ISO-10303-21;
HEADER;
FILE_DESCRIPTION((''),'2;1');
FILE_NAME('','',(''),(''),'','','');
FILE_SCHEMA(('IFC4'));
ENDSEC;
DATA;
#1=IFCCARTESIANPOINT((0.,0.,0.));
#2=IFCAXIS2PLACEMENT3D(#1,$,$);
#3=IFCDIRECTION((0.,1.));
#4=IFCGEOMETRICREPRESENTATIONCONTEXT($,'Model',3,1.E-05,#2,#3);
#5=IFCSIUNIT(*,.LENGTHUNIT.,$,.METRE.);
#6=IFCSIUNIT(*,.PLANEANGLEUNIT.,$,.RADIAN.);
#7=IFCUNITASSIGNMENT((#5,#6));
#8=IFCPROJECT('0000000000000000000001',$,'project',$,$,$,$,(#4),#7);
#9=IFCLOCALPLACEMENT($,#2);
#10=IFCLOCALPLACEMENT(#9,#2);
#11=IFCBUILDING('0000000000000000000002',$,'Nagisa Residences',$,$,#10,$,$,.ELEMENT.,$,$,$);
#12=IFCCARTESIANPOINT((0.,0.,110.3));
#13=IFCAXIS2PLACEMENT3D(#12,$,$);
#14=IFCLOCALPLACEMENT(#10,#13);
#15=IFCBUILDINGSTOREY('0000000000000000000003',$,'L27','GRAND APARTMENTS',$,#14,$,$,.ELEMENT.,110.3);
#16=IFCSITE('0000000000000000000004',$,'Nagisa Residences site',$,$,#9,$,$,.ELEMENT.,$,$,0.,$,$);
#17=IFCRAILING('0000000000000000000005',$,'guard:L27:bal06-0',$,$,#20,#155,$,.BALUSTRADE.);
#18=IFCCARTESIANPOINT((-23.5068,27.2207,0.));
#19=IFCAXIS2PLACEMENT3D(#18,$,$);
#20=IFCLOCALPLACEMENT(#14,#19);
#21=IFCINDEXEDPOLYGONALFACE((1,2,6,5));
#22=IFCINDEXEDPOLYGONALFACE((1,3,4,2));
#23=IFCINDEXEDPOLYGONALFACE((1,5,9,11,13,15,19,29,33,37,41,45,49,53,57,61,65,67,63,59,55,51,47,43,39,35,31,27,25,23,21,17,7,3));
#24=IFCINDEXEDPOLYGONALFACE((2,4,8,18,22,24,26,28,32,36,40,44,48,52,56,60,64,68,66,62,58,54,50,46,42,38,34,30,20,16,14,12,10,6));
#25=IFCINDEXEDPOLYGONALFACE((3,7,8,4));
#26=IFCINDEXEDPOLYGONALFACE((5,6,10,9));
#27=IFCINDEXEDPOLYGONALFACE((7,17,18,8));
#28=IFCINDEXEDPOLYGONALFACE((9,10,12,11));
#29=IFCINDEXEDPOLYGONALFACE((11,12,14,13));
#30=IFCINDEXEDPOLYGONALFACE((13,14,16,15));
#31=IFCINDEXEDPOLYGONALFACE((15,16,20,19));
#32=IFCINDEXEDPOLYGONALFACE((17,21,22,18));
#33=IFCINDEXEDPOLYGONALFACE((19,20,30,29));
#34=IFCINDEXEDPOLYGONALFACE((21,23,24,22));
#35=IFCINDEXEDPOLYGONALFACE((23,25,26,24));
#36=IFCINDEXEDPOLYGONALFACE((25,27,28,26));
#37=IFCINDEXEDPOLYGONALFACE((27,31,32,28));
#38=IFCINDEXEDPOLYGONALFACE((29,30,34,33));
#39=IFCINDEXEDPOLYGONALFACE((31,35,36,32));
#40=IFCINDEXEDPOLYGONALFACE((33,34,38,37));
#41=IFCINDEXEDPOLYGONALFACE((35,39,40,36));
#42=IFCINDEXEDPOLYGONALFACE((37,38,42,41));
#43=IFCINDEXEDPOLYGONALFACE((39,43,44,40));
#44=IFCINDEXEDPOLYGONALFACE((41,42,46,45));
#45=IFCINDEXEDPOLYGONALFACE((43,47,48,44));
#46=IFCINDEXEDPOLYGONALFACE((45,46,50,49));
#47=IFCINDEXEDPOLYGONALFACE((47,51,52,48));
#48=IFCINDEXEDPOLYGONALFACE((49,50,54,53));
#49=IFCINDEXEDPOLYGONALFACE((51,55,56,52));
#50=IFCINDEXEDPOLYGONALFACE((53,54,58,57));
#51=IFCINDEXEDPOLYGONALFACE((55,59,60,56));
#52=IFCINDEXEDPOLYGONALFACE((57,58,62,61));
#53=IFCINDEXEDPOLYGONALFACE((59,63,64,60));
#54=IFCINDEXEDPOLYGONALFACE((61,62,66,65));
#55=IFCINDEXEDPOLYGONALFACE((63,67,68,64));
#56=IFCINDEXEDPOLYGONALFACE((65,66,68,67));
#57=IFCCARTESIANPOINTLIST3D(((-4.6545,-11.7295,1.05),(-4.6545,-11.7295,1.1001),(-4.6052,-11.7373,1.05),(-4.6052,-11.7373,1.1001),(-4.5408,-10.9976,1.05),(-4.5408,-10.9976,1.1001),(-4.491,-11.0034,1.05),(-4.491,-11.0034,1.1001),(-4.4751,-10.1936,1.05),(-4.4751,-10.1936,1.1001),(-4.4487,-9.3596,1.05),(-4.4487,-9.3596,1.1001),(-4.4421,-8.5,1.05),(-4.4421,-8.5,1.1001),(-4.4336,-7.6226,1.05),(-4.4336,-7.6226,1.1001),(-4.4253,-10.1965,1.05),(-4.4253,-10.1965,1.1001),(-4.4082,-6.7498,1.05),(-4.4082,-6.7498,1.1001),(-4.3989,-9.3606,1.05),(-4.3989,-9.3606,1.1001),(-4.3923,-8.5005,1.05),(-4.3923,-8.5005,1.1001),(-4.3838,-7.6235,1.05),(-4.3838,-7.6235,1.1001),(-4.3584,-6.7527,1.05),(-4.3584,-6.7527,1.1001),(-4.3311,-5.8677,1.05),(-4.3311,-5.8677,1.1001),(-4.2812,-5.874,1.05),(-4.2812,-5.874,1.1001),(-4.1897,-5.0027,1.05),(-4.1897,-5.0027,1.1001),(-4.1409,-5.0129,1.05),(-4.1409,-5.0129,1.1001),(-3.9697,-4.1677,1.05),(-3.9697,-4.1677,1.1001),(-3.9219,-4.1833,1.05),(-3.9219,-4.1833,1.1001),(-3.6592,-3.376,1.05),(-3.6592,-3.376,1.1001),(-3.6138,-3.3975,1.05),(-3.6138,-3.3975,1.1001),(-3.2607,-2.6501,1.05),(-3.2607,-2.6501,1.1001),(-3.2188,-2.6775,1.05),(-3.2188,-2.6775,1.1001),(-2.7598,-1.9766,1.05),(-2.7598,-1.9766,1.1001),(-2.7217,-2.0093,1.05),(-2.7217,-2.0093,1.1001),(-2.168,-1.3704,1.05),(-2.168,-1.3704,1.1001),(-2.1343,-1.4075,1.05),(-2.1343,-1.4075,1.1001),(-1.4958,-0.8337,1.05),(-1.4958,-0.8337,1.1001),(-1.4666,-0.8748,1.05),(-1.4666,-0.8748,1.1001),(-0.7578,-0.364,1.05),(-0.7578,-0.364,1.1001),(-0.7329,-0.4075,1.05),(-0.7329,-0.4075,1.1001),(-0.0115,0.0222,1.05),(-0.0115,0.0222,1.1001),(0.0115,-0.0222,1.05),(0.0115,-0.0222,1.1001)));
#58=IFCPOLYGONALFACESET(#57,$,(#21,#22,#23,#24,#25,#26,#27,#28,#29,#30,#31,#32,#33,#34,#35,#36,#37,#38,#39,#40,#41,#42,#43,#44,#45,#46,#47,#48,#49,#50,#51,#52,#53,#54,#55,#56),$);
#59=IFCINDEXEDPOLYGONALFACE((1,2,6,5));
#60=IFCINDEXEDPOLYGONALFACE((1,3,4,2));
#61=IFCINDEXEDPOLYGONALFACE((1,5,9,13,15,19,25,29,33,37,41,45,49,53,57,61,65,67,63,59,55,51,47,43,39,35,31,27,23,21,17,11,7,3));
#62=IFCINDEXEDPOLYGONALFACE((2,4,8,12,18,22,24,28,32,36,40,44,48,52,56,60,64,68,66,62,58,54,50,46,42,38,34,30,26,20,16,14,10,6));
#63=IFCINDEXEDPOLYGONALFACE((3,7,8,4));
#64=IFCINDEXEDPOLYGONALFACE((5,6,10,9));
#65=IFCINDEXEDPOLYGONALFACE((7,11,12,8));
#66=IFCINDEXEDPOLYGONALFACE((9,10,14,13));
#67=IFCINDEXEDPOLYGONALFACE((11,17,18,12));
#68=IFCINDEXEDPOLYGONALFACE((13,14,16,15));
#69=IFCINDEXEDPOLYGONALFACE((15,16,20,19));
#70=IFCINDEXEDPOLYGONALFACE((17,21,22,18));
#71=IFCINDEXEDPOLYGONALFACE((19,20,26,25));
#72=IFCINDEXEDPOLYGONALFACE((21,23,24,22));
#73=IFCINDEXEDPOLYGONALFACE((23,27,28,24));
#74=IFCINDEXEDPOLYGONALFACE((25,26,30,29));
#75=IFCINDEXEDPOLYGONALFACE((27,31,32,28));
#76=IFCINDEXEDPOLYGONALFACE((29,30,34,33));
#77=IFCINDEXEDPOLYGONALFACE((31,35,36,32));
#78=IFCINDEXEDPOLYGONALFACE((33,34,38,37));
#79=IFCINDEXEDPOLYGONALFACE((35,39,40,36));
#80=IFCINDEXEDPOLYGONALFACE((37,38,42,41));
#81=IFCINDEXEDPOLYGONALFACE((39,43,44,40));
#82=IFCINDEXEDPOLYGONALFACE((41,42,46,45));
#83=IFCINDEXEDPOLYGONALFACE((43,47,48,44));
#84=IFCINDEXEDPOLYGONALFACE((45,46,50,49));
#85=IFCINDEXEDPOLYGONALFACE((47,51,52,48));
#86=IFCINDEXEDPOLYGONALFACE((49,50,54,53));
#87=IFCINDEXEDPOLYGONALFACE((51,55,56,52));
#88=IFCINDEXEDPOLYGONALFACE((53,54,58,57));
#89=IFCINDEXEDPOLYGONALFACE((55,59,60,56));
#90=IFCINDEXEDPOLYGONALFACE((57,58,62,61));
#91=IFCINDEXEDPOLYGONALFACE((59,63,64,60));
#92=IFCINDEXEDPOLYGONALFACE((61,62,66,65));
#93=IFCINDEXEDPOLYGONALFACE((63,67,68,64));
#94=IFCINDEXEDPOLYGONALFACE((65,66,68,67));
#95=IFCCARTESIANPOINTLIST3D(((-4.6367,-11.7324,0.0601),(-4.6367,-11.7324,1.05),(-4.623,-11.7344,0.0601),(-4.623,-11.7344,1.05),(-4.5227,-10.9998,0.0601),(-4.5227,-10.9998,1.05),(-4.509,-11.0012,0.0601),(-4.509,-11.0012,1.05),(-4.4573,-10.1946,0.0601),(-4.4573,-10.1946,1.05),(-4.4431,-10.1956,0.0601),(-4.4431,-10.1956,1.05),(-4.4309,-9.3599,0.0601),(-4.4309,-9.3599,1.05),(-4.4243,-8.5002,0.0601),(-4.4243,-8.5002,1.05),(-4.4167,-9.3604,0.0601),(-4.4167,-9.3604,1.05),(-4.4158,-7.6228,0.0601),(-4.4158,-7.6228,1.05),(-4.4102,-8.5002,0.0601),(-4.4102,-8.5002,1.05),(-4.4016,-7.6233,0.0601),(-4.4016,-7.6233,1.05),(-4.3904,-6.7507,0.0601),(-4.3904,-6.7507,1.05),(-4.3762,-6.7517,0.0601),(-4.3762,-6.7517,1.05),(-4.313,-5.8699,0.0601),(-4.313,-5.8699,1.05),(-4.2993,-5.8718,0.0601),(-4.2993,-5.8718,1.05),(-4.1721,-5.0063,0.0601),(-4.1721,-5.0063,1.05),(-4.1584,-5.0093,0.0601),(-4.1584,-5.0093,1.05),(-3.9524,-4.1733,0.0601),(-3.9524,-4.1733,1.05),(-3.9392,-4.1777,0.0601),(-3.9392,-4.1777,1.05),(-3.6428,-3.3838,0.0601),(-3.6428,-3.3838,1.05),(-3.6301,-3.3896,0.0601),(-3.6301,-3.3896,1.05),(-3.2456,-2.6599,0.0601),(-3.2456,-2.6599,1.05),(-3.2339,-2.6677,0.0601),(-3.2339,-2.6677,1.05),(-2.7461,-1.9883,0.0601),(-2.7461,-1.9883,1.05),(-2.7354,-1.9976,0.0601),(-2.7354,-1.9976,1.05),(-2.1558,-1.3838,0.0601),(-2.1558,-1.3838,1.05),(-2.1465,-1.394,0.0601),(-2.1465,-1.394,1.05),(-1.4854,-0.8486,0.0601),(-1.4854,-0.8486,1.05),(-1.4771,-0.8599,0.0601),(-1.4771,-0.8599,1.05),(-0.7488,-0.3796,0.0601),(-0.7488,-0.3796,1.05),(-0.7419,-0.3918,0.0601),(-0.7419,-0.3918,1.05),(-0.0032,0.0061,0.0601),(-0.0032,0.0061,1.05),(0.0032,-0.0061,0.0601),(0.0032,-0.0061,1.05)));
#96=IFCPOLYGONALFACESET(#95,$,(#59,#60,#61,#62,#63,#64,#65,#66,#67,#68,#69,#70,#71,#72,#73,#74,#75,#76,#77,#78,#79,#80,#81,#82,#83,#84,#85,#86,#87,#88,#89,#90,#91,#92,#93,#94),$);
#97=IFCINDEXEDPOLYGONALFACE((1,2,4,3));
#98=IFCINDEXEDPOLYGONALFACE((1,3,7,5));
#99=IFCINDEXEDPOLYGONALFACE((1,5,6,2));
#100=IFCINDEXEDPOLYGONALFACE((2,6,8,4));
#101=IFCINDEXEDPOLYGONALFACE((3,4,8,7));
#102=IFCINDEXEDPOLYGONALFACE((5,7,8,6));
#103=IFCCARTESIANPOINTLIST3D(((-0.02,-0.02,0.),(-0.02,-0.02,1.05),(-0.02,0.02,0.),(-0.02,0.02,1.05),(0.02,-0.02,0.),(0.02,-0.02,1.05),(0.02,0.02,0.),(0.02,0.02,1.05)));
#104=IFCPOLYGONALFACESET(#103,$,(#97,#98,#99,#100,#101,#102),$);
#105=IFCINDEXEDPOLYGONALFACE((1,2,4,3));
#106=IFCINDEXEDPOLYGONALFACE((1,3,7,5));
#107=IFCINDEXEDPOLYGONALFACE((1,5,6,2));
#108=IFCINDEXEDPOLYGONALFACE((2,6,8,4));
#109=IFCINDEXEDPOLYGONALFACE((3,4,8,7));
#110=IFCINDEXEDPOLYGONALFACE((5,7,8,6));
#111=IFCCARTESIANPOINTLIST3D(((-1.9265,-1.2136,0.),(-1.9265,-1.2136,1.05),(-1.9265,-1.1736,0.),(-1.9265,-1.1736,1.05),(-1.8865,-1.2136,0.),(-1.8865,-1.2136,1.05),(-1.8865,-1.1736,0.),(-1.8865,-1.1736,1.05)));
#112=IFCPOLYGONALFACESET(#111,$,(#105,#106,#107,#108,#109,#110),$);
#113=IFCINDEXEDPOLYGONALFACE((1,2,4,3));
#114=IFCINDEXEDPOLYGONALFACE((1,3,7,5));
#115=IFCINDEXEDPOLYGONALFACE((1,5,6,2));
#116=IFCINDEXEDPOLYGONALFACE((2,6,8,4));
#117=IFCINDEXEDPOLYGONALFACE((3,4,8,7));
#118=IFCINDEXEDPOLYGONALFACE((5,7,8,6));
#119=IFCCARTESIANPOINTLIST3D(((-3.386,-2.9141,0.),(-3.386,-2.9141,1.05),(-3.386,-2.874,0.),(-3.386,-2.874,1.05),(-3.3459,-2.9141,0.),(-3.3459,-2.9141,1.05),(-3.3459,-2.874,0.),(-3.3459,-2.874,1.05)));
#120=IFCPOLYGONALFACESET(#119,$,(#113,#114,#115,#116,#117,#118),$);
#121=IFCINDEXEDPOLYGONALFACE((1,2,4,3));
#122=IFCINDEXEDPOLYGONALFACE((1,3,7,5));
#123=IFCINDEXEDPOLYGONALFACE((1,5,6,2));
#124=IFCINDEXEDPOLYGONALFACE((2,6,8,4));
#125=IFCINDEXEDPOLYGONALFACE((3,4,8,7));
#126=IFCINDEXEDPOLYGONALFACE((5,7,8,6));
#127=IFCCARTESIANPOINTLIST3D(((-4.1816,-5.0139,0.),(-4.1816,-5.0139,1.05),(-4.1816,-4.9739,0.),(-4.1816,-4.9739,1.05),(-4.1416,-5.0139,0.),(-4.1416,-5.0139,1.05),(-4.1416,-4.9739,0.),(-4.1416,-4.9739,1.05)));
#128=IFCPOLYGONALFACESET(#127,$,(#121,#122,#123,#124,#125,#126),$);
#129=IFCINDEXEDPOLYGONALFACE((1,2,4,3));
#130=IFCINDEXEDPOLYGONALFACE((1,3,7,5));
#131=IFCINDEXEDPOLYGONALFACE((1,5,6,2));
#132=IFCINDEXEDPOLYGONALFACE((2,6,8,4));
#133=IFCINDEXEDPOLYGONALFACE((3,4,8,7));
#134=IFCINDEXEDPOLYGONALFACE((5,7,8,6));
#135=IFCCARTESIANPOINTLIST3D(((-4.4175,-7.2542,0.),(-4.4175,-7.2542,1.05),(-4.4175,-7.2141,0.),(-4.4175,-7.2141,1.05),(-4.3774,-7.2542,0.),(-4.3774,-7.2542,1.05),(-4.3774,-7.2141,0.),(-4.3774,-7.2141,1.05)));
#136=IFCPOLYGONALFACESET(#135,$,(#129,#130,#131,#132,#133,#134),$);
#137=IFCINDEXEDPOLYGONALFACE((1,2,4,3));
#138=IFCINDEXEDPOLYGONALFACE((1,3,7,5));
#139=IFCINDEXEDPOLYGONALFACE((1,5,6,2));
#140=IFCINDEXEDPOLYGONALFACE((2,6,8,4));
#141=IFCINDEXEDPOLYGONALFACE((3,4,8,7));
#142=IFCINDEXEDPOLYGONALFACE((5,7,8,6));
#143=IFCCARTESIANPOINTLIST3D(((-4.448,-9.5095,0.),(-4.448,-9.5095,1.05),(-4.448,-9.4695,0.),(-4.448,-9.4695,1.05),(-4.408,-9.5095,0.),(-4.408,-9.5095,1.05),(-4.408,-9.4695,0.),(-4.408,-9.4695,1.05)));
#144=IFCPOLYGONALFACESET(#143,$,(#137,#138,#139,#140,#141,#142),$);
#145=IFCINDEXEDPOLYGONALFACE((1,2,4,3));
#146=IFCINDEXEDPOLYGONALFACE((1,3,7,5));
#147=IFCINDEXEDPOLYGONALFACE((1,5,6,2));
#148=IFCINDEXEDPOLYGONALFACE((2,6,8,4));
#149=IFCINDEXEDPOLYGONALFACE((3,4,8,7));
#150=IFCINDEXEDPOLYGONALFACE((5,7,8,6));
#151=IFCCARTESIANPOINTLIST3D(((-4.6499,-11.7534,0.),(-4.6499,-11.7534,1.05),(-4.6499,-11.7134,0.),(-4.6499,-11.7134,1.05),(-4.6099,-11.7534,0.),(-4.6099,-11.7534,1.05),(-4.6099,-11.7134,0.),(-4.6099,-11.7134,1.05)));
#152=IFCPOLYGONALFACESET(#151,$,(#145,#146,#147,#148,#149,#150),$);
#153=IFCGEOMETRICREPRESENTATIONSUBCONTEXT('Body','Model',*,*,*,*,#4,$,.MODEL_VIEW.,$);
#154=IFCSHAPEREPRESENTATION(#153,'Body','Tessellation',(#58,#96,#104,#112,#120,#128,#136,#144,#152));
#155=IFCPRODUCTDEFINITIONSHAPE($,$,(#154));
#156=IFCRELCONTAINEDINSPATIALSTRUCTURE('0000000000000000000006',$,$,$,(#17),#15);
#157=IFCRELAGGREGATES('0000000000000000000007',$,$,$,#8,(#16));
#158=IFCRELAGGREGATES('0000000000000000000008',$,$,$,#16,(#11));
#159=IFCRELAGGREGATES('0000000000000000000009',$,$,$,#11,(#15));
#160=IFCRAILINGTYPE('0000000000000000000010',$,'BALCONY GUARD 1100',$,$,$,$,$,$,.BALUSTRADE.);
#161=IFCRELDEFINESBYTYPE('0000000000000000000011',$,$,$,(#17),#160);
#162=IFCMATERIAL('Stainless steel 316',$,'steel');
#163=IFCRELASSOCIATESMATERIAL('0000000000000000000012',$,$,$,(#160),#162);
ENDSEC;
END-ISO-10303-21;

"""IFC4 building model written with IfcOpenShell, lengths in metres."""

from ifc_helpers import new_model, si_unit, direction, frame, origin, origin_2d, place, context, subcontext, project, spatial, polyline, rectangle, outline, extrude, material, type_object, element, save


model = new_model("IFC4")

# Units and contexts
model_context = context("Model", 3, precision=1e-05, world=origin(), true_north=direction((0.0, 1.0)))
body_context = subcontext(model_context, "Body", "Model", "MODEL_VIEW")
ifc_project = project(units=[si_unit("LENGTHUNIT", "METRE"), si_unit("PLANEANGLEUNIT", "RADIAN")], contexts=[model_context])

# Site, building, storey
site_placement = place(None, origin())
site = spatial("IfcSite", under=ifc_project, at=site_placement, Name="Nagisa Residences site", CompositionType="ELEMENT", RefElevation=0.0)
building_placement = place(site_placement, origin())
building = spatial("IfcBuilding", under=site, at=building_placement, Name="Nagisa Residences", CompositionType="ELEMENT")
storey_placement = place(building_placement, frame((0.0, 0.0, 110.3)))
storey = spatial("IfcBuildingStorey", under=building, at=storey_placement, Name="L27", Description="GRAND APARTMENTS", CompositionType="ELEMENT", Elevation=110.3)

# Railing
ifc_material_1 = material(Name="Stainless steel 316", Category="steel")
railing_type = type_object("IfcRailingType", Name="BALCONY GUARD 1100", PredefinedType="BALUSTRADE", material=ifc_material_1)
railing_placement = place(storey_placement, frame((-23.5068, 27.2207, 0.0)))
element("IfcRailing", 1, at=railing_placement, inside=storey, type_object=railing_type, Name="guard:L27:bal06-0", PredefinedType="BALUSTRADE", context=body_context, shape_type="SweptSolid", body=[
    extrude(outline(polyline([(-0.7329, -0.4075), (0.0115, -0.0222), (-0.0115, 0.0222), (-0.7578, -0.364), (-1.4958, -0.8337), (-2.168, -1.3704), (-2.7598, -1.9766), (-3.2607, -2.6501), (-3.6592, -3.376), (-3.9697, -4.1677), (-4.1897, -5.0027), (-4.3311, -5.8677), (-4.4082, -6.7498), (-4.4336, -7.6226), (-4.4421, -8.5), (-4.4487, -9.3596), (-4.4751, -10.1936), (-4.5408, -10.9976), (-4.6545, -11.7295), (-4.6052, -11.7373), (-4.491, -11.0034), (-4.4253, -10.1965), (-4.3989, -9.3606), (-4.3923, -8.5005), (-4.3838, -7.6235), (-4.3584, -6.7527), (-4.2812, -5.874), (-4.1409, -5.0129), (-3.9219, -4.1833), (-3.6138, -3.3975), (-3.2188, -2.6775), (-2.7217, -2.0093), (-2.1343, -1.4075), (-1.4666, -0.8748), (-0.7329, -0.4075)])), frame((0.0, 0.0, 1.05)), (0.0, 0.0, 1.0), 0.05),
    extrude(outline(polyline([(-0.7419, -0.3918), (0.0032, -0.0061), (-0.0032, 0.0061), (-0.7488, -0.3796), (-1.4854, -0.8486), (-2.1558, -1.3838), (-2.7461, -1.9883), (-3.2456, -2.6599), (-3.6428, -3.3838), (-3.9524, -4.1733), (-4.1721, -5.0063), (-4.313, -5.8699), (-4.3904, -6.7507), (-4.4158, -7.6228), (-4.4243, -8.5002), (-4.4309, -9.3599), (-4.4573, -10.1946), (-4.5227, -10.9998), (-4.6367, -11.7324), (-4.623, -11.7344), (-4.509, -11.0012), (-4.4431, -10.1956), (-4.4167, -9.3604), (-4.4102, -8.5002), (-4.4016, -7.6233), (-4.3762, -6.7517), (-4.2993, -5.8718), (-4.1584, -5.0093), (-3.9392, -4.1777), (-3.6301, -3.3896), (-3.2339, -2.6677), (-2.7354, -1.9976), (-2.1465, -1.394), (-1.4771, -0.8599), (-0.7419, -0.3918)])), frame((0.0, 0.0, 0.0601)), (0.0, 0.0, 1.0), 0.99),
    extrude(rectangle(XDim=0.04, YDim=0.04, at=origin_2d()), origin(), (0.0, 0.0, 1.0), 1.05),
    extrude(rectangle(XDim=0.04, YDim=0.04, at=origin_2d()), frame((-1.9065, -1.1936, 0.0)), (0.0, 0.0, 1.0), 1.05),
    extrude(rectangle(XDim=0.04, YDim=0.04, at=origin_2d()), frame((-3.366, -2.894, 0.0)), (0.0, 0.0, 1.0), 1.05),
    extrude(rectangle(XDim=0.04, YDim=0.04, at=origin_2d()), frame((-4.1616, -4.9939, 0.0)), (0.0, 0.0, 1.0), 1.05),
    extrude(rectangle(XDim=0.04, YDim=0.04, at=origin_2d()), frame((-4.3975, -7.2341, 0.0)), (0.0, 0.0, 1.0), 1.05),
    extrude(rectangle(XDim=0.04, YDim=0.04, at=origin_2d()), frame((-4.428, -9.4895, 0.0)), (0.0, 0.0, 1.0), 1.05),
    extrude(rectangle(XDim=0.04, YDim=0.04, at=origin_2d()), frame((-4.6299, -11.7334, 0.0)), (0.0, 0.0, 1.0), 1.05),
])

save(model, "model.ifc")
